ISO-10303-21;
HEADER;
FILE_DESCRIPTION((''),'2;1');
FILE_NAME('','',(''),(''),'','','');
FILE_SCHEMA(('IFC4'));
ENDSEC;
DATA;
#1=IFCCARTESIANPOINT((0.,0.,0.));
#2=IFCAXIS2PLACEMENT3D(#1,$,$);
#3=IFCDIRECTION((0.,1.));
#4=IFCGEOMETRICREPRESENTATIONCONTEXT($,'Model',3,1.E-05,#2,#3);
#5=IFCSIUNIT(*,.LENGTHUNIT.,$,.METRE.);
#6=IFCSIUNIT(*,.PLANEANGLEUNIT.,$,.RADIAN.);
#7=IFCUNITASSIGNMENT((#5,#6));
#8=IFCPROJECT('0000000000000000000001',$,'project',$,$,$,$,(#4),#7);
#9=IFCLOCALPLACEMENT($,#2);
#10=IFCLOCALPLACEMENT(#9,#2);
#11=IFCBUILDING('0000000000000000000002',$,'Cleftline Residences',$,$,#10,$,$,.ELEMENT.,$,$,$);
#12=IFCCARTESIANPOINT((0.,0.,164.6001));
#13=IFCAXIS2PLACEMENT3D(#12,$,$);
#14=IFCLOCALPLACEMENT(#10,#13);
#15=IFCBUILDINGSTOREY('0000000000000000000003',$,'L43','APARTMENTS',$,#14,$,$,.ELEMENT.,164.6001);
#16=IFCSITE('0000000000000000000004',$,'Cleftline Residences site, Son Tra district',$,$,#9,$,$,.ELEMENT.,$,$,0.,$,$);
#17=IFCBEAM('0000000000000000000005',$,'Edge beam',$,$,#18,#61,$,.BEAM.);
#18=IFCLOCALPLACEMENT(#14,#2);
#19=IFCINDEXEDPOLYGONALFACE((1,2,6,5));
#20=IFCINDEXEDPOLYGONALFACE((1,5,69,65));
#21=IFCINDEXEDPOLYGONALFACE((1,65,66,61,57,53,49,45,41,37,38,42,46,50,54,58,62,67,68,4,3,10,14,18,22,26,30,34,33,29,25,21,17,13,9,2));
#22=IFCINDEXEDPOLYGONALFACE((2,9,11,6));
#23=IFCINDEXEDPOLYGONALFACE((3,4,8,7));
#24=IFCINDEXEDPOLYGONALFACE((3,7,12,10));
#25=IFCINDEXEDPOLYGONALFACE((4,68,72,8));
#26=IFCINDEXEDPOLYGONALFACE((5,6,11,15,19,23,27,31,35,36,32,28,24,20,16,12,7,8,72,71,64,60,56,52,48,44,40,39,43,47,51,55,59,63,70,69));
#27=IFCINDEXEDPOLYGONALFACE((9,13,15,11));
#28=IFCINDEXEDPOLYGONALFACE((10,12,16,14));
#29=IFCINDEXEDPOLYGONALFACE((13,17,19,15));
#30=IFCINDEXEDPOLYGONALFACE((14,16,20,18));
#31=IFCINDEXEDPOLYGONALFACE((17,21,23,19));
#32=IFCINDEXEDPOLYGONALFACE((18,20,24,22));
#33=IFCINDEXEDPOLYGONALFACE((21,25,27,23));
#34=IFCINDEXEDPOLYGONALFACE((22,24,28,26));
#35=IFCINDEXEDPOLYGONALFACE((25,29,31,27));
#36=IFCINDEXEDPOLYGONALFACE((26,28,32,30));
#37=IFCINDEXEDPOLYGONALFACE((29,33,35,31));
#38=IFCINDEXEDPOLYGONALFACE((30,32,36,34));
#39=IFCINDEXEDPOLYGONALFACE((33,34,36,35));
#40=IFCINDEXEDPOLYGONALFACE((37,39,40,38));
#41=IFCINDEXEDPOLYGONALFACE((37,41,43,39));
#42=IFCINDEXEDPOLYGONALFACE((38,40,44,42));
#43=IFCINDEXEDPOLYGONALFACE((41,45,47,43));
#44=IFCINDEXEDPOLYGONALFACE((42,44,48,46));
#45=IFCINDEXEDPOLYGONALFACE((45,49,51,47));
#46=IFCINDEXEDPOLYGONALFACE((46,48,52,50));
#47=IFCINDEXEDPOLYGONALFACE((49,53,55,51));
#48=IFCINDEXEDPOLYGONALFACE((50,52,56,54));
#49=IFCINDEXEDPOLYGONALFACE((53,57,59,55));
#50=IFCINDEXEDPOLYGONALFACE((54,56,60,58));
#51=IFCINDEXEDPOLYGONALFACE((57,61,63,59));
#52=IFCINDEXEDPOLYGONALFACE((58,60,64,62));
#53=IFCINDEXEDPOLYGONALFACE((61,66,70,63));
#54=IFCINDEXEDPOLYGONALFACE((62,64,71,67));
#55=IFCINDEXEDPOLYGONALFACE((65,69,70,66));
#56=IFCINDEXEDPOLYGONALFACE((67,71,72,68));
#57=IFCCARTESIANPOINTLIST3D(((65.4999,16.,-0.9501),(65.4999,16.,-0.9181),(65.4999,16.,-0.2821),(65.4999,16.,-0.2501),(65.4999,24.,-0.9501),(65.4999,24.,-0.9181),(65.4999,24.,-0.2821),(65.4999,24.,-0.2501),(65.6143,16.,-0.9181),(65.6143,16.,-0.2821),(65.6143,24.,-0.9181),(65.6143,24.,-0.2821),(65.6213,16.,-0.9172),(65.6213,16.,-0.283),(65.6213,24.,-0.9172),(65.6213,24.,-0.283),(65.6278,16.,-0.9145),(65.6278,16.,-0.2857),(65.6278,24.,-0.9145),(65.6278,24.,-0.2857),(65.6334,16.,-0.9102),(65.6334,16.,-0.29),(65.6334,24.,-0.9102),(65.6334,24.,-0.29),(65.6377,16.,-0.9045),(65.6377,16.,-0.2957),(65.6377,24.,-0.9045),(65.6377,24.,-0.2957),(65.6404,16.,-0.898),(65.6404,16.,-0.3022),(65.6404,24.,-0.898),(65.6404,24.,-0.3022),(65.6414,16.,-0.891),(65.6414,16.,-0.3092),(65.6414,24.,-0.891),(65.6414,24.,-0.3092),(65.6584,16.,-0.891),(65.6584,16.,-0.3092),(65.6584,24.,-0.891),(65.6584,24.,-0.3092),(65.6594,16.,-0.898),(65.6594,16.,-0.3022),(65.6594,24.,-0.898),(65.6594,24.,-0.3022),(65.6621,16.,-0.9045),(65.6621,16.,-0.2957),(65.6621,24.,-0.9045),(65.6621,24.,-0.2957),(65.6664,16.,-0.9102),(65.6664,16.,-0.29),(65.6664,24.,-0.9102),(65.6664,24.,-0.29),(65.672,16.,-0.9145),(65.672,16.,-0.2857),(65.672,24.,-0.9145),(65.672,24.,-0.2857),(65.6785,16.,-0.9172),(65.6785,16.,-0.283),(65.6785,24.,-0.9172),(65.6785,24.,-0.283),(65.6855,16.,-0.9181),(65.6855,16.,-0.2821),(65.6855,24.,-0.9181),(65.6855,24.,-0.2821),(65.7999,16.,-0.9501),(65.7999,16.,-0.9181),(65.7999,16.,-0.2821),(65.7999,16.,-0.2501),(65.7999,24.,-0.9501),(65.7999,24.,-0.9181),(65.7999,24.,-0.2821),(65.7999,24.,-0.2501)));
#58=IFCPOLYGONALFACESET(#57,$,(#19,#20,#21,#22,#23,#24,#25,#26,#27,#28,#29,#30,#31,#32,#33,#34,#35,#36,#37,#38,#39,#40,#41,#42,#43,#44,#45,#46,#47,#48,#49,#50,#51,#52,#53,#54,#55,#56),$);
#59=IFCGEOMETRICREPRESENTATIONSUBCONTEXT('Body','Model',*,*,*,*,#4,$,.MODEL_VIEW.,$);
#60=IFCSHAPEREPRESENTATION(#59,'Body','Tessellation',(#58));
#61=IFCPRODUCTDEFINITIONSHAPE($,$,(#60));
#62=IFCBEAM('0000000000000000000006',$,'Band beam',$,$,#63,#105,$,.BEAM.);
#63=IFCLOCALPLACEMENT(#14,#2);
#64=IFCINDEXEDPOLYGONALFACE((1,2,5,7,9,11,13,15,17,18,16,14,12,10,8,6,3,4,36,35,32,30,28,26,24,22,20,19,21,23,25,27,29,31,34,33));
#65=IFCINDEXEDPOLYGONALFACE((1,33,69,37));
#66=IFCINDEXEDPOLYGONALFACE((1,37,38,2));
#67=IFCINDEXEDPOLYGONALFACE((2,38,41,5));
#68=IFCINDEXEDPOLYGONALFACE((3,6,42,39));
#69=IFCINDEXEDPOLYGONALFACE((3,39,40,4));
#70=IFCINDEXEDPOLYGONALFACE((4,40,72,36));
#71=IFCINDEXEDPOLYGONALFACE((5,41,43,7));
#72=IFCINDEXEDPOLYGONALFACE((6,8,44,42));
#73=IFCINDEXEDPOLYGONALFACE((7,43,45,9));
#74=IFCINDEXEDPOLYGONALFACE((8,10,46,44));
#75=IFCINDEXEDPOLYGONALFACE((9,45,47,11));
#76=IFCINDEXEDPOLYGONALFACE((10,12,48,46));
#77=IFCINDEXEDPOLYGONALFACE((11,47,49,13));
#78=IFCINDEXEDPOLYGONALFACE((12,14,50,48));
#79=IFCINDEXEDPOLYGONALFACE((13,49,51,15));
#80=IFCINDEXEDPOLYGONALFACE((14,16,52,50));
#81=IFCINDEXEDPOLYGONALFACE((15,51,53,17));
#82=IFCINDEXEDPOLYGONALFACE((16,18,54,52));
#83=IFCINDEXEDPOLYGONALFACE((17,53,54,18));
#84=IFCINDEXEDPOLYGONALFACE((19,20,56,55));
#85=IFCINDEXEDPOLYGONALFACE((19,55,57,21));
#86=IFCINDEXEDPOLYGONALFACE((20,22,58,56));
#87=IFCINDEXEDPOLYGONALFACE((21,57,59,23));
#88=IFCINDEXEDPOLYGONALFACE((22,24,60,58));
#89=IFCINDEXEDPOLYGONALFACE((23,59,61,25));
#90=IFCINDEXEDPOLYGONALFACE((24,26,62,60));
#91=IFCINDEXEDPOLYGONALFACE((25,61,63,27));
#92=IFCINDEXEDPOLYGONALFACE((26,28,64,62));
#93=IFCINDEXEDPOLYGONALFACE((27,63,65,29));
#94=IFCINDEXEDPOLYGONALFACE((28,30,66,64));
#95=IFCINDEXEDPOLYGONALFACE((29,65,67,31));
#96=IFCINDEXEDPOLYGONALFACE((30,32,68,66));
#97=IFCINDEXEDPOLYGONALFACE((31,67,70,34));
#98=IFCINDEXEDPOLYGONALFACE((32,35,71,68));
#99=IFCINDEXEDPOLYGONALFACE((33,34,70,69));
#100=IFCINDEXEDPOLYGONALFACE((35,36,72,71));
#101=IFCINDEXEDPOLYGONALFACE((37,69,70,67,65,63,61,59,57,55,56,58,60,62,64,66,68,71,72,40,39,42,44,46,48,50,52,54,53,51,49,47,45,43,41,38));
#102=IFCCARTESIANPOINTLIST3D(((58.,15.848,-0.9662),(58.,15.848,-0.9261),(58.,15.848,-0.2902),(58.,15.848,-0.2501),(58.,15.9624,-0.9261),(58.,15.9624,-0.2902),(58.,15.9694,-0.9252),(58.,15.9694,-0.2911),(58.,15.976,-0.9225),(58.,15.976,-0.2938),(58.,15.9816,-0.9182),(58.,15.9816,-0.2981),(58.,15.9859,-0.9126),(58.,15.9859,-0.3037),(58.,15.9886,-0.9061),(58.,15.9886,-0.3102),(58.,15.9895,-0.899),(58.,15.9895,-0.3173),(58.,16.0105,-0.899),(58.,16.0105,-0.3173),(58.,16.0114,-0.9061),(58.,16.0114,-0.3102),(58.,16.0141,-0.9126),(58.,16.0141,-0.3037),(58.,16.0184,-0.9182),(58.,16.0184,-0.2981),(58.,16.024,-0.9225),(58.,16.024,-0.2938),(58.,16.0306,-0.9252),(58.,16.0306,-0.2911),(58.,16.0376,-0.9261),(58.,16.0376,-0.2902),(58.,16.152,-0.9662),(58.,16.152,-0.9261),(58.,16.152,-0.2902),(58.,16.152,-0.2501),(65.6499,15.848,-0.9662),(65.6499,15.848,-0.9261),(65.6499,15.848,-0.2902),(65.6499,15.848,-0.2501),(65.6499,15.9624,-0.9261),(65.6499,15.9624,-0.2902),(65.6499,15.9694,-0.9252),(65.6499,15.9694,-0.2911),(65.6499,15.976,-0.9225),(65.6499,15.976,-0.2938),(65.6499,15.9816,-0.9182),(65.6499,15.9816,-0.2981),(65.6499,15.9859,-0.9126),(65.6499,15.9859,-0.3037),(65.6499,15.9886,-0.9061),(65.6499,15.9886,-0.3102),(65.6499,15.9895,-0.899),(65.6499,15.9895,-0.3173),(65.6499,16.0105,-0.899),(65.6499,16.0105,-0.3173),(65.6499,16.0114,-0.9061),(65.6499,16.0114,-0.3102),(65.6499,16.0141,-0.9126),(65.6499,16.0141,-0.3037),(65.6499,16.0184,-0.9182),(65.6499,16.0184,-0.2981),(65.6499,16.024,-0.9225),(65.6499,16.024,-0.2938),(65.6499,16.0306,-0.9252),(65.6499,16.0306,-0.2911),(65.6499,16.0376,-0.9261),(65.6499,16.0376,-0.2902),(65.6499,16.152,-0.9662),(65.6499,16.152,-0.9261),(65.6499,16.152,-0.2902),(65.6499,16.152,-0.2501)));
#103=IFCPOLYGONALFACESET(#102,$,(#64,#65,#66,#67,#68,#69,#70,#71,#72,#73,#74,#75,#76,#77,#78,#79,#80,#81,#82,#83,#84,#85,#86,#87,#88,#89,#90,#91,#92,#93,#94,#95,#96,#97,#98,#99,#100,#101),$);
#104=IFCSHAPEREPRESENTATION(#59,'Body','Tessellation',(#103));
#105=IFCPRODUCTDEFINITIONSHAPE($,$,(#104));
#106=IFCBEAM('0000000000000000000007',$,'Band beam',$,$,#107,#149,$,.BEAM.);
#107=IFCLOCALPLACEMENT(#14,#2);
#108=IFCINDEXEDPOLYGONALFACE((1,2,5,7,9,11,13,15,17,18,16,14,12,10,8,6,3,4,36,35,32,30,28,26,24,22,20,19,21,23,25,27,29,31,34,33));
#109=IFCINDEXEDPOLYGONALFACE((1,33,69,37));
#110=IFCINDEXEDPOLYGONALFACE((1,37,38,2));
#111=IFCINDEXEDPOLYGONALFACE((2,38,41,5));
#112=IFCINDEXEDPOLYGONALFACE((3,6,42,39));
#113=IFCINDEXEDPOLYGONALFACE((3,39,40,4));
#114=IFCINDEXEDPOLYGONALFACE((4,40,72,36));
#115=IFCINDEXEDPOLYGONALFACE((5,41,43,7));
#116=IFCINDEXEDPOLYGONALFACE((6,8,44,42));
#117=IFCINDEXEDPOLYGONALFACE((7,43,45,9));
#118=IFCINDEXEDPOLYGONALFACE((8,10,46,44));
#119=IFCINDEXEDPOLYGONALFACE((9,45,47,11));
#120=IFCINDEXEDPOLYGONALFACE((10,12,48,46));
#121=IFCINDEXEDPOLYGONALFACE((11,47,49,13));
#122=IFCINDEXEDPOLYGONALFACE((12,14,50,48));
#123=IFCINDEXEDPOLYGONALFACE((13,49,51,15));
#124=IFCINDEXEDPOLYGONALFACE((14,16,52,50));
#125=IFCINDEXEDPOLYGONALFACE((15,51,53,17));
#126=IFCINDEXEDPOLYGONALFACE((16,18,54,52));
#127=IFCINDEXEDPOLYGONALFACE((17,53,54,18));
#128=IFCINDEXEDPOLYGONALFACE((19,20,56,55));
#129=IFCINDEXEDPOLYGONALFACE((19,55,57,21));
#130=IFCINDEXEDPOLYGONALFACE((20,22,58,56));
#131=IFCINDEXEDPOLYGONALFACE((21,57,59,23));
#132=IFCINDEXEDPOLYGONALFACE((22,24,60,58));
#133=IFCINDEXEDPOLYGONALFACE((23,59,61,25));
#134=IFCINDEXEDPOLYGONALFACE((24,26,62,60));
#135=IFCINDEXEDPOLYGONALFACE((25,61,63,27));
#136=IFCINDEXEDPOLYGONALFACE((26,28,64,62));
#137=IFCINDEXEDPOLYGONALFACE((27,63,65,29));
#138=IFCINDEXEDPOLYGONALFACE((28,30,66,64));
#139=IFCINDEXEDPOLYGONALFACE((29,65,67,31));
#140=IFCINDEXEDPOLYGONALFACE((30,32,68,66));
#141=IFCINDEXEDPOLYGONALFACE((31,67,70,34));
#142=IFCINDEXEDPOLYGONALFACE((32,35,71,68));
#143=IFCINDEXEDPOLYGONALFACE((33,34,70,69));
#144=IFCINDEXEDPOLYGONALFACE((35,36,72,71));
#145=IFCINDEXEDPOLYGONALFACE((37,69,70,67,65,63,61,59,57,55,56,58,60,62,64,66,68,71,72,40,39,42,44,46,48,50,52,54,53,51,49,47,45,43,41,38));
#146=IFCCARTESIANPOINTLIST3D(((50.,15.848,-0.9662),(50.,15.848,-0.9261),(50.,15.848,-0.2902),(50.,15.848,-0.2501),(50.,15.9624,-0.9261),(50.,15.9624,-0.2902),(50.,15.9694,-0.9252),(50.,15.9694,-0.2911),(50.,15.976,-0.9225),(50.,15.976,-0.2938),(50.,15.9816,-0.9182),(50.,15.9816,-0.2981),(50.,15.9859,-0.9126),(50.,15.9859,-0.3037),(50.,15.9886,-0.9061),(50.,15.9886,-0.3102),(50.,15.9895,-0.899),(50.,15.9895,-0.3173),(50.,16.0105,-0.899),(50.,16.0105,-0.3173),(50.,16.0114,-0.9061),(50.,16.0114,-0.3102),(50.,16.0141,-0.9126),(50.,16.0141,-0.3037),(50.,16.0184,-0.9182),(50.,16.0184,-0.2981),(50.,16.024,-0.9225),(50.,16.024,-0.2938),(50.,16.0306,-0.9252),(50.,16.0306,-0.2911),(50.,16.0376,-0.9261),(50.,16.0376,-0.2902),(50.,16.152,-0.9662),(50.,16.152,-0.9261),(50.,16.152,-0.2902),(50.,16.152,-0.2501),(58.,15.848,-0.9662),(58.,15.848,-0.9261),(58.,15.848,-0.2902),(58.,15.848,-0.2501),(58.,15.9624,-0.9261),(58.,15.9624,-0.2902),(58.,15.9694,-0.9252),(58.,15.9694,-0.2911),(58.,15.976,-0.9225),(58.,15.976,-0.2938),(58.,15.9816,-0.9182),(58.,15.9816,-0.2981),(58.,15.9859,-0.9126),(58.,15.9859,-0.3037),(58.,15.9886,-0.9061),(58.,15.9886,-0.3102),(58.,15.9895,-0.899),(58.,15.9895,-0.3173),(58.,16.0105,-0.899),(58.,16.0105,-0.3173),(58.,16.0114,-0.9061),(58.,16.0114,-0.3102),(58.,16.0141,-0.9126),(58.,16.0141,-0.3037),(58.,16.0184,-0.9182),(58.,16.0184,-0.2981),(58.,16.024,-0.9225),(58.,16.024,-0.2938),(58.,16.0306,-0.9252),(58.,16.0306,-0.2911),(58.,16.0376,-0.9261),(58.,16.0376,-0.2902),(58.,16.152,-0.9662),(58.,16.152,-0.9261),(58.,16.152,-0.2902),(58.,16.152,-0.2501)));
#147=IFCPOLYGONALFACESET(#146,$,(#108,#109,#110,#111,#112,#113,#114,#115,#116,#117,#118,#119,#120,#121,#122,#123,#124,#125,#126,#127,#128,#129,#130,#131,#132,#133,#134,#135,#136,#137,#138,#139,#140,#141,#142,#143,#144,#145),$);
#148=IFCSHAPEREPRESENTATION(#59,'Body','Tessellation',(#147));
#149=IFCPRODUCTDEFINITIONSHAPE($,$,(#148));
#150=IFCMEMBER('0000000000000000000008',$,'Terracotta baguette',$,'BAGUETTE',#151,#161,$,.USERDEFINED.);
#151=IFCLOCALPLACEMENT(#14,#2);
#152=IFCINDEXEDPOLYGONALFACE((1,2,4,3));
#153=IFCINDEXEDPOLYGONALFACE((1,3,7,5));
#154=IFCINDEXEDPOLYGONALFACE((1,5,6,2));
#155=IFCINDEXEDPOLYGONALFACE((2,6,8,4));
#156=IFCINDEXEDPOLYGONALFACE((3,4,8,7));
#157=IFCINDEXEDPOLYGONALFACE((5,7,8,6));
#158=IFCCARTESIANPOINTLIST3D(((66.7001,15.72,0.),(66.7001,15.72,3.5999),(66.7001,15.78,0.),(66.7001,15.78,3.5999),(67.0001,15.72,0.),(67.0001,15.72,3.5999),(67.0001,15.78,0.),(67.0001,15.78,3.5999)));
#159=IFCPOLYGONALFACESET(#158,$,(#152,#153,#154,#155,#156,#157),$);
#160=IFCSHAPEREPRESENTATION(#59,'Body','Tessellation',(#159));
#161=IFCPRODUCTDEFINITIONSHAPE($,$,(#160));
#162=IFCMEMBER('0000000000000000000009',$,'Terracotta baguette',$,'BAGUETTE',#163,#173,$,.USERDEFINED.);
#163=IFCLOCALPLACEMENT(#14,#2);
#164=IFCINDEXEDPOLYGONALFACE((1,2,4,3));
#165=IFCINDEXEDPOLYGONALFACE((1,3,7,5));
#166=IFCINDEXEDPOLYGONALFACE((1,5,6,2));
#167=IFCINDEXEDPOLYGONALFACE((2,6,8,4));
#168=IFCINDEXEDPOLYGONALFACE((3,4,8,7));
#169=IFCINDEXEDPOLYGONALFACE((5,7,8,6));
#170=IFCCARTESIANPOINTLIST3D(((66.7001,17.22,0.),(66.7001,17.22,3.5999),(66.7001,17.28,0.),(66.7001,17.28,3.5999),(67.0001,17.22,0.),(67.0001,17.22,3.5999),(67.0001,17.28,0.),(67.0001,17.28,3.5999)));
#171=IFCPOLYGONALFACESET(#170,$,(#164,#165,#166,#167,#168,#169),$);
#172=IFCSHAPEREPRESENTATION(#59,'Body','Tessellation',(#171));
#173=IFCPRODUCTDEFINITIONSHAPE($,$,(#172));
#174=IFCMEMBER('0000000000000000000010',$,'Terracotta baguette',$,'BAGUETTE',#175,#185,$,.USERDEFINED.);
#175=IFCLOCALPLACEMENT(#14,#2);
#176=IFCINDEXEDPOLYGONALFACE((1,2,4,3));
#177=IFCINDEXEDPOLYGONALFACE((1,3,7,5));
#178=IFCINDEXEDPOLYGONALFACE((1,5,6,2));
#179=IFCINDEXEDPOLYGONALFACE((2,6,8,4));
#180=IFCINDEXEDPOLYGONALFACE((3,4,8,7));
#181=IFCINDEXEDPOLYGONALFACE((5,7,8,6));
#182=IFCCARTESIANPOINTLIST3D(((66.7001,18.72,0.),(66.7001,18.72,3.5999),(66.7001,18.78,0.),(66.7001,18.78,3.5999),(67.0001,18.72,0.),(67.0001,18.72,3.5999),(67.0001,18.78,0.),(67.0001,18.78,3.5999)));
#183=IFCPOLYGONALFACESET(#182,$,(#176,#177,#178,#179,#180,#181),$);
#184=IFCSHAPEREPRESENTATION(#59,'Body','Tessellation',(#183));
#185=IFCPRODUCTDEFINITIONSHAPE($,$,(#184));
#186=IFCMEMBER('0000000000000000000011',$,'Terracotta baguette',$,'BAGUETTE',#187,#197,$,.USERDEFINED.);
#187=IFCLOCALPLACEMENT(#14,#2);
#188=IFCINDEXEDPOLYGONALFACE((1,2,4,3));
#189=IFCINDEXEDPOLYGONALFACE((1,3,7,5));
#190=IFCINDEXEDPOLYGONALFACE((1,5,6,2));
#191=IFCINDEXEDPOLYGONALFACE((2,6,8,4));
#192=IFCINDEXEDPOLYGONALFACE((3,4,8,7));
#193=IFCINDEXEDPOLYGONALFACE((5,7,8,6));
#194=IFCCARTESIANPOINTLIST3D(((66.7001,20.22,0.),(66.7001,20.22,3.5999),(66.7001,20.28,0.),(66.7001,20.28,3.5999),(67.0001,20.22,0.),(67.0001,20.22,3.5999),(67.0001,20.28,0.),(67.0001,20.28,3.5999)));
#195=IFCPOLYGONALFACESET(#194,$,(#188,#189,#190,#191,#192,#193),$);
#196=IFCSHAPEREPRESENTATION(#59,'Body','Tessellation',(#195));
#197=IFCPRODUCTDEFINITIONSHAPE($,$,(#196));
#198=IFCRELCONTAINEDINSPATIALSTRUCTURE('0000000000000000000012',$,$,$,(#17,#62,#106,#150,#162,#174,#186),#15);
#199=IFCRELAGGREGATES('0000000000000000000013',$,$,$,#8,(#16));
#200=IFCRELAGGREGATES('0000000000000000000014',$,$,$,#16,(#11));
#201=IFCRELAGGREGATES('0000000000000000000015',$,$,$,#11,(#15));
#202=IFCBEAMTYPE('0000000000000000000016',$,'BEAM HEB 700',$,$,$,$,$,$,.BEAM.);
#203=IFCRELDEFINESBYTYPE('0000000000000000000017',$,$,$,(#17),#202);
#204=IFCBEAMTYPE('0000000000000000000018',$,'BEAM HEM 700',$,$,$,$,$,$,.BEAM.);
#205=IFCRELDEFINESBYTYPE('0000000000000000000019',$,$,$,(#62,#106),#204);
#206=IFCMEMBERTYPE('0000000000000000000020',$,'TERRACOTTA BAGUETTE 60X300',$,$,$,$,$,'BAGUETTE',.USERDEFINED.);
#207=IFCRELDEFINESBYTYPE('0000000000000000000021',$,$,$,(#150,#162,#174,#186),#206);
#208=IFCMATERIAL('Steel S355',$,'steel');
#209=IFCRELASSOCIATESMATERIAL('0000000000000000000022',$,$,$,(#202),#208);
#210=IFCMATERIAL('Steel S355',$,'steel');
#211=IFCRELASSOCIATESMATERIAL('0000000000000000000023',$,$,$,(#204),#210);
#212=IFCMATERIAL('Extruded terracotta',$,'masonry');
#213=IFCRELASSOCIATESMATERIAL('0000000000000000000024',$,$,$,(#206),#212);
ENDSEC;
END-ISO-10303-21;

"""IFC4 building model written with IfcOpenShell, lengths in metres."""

from ifc_helpers import new_model, si_unit, direction, frame, origin, origin_2d, place, context, subcontext, project, spatial, rectangle, i_section, extrude, material, material_profile, profile_set, type_object, element, save


model = new_model("IFC4")

# Units and contexts
model_context = context("Model", 3, precision=1e-05, world=origin(), true_north=direction((0.0, 1.0)))
body_context = subcontext(model_context, "Body", "Model", "MODEL_VIEW")
ifc_project = project(units=[si_unit("LENGTHUNIT", "METRE"), si_unit("PLANEANGLEUNIT", "RADIAN")], contexts=[model_context])

# Site, building, storey
site_placement = place(None, origin())
site = spatial("IfcSite", under=ifc_project, at=site_placement, Name="Cleftline Residences site, Son Tra district", CompositionType="ELEMENT", RefElevation=0.0)
building_placement = place(site_placement, origin())
building = spatial("IfcBuilding", under=site, at=building_placement, Name="Cleftline Residences", CompositionType="ELEMENT")
storey_placement = place(building_placement, frame((0.0, 0.0, 164.6001)))
storey = spatial("IfcBuildingStorey", under=building, at=storey_placement, Name="L43", Description="APARTMENTS", CompositionType="ELEMENT", Elevation=164.6001)

# Beams
ifc_material_1 = material(Name="Steel S355", Category="steel")
ifc_material_profile_1 = material_profile(ifc_material_1, i_section(OverallWidth=0.3, OverallDepth=0.7, WebThickness=0.0171, FlangeThickness=0.032, FilletRadius=0.0271, at=origin_2d()))
ifc_profile_set_1 = profile_set([ifc_material_profile_1], Name="Steel S355")
beam_type_1 = type_object("IfcBeamType", Name="BEAM HEB 700", PredefinedType="BEAM", material=ifc_profile_set_1)
beam_1_placement = place(storey_placement, frame((65.6499, 16.0, -0.6001), z_axis=(0.0, 1.0, 0.0), x_axis=(-1.0, 0.0, 0.0)))
element("IfcBeam", 1, at=beam_1_placement, inside=storey, type_object=beam_type_1, Name="Edge beam", PredefinedType="BEAM", context=body_context, shape_type="SweptSolid", body=[
    extrude(i_section(OverallWidth=0.3, OverallDepth=0.7, WebThickness=0.0171, FlangeThickness=0.032, FilletRadius=0.0271, at=origin_2d()), origin(), (0.0, 0.0, 1.0), 8.0),
])
ifc_material_2 = material(Name="Steel S355", Category="steel")
ifc_material_profile_2 = material_profile(ifc_material_2, i_section(OverallWidth=0.304, OverallDepth=0.7161, WebThickness=0.021, FlangeThickness=0.04, FilletRadius=0.0271, at=origin_2d()))
ifc_profile_set_2 = profile_set([ifc_material_profile_2], Name="Steel S355")
beam_type_2 = type_object("IfcBeamType", Name="BEAM HEM 700", PredefinedType="BEAM", material=ifc_profile_set_2)
beam_2_placement = place(storey_placement, frame((65.6499, 16.0, -0.6082), z_axis=(-1.0, 0.0, 0.0), x_axis=(0.0, -1.0, 0.0)))
element("IfcBeam", 2, at=beam_2_placement, inside=storey, type_object=beam_type_2, Name="Band beam", PredefinedType="BEAM", context=body_context, shape_type="SweptSolid", body=[
    extrude(i_section(OverallWidth=0.304, OverallDepth=0.7161, WebThickness=0.021, FlangeThickness=0.04, FilletRadius=0.0271, at=origin_2d()), origin(), (0.0, 0.0, 1.0), 7.6499),
])
beam_3_placement = place(storey_placement, frame((58.0, 16.0, -0.6082), z_axis=(-1.0, 0.0, 0.0), x_axis=(0.0, -1.0, 0.0)))
element("IfcBeam", 3, at=beam_3_placement, inside=storey, type_object=beam_type_2, Name="Band beam", PredefinedType="BEAM", context=body_context, shape_type="SweptSolid", body=[
    extrude(i_section(OverallWidth=0.304, OverallDepth=0.7161, WebThickness=0.021, FlangeThickness=0.04, FilletRadius=0.0271, at=origin_2d()), origin(), (0.0, 0.0, 1.0), 8.0),
])

# Members
ifc_material_3 = material(Name="Extruded terracotta", Category="masonry")
ifc_material_profile_3 = material_profile(ifc_material_3, rectangle(XDim=0.0601, YDim=0.3, at=origin_2d()))
ifc_profile_set_3 = profile_set([ifc_material_profile_3], Name="Extruded terracotta")
member_type_1 = type_object("IfcMemberType", Name="TERRACOTTA BAGUETTE 60X300", ElementType="BAGUETTE", PredefinedType="USERDEFINED", material=ifc_profile_set_3)
for number, where, z_axis, x_axis, name in (
    (4, (66.8501, 15.75, 0.0), (0.0, 0.0, 1.0), (0.0, 1.0, 0.0), "Terracotta baguette"),
    (5, (66.8501, 17.25, 0.0), (0.0, 0.0, 1.0), (0.0, 1.0, 0.0), "Terracotta baguette"),
    (6, (66.8501, 18.75, 0.0), (0.0, 0.0, 1.0), (0.0, 1.0, 0.0), "Terracotta baguette"),
    (7, (66.8501, 20.25, 0.0), (0.0, 0.0, 1.0), (0.0, 1.0, 0.0), "Terracotta baguette"),
):
    element("IfcMember", number, at=place(storey_placement, frame(where, z_axis=z_axis, x_axis=x_axis)), inside=storey, type_object=member_type_1, Name=name, ObjectType="BAGUETTE", PredefinedType="USERDEFINED", context=body_context, shape_type="SweptSolid", body=[
        extrude(rectangle(XDim=0.0601, YDim=0.3, at=origin_2d()), origin(), (0.0, 0.0, 1.0), 3.5999),
    ])

save(model, "model.ifc")
